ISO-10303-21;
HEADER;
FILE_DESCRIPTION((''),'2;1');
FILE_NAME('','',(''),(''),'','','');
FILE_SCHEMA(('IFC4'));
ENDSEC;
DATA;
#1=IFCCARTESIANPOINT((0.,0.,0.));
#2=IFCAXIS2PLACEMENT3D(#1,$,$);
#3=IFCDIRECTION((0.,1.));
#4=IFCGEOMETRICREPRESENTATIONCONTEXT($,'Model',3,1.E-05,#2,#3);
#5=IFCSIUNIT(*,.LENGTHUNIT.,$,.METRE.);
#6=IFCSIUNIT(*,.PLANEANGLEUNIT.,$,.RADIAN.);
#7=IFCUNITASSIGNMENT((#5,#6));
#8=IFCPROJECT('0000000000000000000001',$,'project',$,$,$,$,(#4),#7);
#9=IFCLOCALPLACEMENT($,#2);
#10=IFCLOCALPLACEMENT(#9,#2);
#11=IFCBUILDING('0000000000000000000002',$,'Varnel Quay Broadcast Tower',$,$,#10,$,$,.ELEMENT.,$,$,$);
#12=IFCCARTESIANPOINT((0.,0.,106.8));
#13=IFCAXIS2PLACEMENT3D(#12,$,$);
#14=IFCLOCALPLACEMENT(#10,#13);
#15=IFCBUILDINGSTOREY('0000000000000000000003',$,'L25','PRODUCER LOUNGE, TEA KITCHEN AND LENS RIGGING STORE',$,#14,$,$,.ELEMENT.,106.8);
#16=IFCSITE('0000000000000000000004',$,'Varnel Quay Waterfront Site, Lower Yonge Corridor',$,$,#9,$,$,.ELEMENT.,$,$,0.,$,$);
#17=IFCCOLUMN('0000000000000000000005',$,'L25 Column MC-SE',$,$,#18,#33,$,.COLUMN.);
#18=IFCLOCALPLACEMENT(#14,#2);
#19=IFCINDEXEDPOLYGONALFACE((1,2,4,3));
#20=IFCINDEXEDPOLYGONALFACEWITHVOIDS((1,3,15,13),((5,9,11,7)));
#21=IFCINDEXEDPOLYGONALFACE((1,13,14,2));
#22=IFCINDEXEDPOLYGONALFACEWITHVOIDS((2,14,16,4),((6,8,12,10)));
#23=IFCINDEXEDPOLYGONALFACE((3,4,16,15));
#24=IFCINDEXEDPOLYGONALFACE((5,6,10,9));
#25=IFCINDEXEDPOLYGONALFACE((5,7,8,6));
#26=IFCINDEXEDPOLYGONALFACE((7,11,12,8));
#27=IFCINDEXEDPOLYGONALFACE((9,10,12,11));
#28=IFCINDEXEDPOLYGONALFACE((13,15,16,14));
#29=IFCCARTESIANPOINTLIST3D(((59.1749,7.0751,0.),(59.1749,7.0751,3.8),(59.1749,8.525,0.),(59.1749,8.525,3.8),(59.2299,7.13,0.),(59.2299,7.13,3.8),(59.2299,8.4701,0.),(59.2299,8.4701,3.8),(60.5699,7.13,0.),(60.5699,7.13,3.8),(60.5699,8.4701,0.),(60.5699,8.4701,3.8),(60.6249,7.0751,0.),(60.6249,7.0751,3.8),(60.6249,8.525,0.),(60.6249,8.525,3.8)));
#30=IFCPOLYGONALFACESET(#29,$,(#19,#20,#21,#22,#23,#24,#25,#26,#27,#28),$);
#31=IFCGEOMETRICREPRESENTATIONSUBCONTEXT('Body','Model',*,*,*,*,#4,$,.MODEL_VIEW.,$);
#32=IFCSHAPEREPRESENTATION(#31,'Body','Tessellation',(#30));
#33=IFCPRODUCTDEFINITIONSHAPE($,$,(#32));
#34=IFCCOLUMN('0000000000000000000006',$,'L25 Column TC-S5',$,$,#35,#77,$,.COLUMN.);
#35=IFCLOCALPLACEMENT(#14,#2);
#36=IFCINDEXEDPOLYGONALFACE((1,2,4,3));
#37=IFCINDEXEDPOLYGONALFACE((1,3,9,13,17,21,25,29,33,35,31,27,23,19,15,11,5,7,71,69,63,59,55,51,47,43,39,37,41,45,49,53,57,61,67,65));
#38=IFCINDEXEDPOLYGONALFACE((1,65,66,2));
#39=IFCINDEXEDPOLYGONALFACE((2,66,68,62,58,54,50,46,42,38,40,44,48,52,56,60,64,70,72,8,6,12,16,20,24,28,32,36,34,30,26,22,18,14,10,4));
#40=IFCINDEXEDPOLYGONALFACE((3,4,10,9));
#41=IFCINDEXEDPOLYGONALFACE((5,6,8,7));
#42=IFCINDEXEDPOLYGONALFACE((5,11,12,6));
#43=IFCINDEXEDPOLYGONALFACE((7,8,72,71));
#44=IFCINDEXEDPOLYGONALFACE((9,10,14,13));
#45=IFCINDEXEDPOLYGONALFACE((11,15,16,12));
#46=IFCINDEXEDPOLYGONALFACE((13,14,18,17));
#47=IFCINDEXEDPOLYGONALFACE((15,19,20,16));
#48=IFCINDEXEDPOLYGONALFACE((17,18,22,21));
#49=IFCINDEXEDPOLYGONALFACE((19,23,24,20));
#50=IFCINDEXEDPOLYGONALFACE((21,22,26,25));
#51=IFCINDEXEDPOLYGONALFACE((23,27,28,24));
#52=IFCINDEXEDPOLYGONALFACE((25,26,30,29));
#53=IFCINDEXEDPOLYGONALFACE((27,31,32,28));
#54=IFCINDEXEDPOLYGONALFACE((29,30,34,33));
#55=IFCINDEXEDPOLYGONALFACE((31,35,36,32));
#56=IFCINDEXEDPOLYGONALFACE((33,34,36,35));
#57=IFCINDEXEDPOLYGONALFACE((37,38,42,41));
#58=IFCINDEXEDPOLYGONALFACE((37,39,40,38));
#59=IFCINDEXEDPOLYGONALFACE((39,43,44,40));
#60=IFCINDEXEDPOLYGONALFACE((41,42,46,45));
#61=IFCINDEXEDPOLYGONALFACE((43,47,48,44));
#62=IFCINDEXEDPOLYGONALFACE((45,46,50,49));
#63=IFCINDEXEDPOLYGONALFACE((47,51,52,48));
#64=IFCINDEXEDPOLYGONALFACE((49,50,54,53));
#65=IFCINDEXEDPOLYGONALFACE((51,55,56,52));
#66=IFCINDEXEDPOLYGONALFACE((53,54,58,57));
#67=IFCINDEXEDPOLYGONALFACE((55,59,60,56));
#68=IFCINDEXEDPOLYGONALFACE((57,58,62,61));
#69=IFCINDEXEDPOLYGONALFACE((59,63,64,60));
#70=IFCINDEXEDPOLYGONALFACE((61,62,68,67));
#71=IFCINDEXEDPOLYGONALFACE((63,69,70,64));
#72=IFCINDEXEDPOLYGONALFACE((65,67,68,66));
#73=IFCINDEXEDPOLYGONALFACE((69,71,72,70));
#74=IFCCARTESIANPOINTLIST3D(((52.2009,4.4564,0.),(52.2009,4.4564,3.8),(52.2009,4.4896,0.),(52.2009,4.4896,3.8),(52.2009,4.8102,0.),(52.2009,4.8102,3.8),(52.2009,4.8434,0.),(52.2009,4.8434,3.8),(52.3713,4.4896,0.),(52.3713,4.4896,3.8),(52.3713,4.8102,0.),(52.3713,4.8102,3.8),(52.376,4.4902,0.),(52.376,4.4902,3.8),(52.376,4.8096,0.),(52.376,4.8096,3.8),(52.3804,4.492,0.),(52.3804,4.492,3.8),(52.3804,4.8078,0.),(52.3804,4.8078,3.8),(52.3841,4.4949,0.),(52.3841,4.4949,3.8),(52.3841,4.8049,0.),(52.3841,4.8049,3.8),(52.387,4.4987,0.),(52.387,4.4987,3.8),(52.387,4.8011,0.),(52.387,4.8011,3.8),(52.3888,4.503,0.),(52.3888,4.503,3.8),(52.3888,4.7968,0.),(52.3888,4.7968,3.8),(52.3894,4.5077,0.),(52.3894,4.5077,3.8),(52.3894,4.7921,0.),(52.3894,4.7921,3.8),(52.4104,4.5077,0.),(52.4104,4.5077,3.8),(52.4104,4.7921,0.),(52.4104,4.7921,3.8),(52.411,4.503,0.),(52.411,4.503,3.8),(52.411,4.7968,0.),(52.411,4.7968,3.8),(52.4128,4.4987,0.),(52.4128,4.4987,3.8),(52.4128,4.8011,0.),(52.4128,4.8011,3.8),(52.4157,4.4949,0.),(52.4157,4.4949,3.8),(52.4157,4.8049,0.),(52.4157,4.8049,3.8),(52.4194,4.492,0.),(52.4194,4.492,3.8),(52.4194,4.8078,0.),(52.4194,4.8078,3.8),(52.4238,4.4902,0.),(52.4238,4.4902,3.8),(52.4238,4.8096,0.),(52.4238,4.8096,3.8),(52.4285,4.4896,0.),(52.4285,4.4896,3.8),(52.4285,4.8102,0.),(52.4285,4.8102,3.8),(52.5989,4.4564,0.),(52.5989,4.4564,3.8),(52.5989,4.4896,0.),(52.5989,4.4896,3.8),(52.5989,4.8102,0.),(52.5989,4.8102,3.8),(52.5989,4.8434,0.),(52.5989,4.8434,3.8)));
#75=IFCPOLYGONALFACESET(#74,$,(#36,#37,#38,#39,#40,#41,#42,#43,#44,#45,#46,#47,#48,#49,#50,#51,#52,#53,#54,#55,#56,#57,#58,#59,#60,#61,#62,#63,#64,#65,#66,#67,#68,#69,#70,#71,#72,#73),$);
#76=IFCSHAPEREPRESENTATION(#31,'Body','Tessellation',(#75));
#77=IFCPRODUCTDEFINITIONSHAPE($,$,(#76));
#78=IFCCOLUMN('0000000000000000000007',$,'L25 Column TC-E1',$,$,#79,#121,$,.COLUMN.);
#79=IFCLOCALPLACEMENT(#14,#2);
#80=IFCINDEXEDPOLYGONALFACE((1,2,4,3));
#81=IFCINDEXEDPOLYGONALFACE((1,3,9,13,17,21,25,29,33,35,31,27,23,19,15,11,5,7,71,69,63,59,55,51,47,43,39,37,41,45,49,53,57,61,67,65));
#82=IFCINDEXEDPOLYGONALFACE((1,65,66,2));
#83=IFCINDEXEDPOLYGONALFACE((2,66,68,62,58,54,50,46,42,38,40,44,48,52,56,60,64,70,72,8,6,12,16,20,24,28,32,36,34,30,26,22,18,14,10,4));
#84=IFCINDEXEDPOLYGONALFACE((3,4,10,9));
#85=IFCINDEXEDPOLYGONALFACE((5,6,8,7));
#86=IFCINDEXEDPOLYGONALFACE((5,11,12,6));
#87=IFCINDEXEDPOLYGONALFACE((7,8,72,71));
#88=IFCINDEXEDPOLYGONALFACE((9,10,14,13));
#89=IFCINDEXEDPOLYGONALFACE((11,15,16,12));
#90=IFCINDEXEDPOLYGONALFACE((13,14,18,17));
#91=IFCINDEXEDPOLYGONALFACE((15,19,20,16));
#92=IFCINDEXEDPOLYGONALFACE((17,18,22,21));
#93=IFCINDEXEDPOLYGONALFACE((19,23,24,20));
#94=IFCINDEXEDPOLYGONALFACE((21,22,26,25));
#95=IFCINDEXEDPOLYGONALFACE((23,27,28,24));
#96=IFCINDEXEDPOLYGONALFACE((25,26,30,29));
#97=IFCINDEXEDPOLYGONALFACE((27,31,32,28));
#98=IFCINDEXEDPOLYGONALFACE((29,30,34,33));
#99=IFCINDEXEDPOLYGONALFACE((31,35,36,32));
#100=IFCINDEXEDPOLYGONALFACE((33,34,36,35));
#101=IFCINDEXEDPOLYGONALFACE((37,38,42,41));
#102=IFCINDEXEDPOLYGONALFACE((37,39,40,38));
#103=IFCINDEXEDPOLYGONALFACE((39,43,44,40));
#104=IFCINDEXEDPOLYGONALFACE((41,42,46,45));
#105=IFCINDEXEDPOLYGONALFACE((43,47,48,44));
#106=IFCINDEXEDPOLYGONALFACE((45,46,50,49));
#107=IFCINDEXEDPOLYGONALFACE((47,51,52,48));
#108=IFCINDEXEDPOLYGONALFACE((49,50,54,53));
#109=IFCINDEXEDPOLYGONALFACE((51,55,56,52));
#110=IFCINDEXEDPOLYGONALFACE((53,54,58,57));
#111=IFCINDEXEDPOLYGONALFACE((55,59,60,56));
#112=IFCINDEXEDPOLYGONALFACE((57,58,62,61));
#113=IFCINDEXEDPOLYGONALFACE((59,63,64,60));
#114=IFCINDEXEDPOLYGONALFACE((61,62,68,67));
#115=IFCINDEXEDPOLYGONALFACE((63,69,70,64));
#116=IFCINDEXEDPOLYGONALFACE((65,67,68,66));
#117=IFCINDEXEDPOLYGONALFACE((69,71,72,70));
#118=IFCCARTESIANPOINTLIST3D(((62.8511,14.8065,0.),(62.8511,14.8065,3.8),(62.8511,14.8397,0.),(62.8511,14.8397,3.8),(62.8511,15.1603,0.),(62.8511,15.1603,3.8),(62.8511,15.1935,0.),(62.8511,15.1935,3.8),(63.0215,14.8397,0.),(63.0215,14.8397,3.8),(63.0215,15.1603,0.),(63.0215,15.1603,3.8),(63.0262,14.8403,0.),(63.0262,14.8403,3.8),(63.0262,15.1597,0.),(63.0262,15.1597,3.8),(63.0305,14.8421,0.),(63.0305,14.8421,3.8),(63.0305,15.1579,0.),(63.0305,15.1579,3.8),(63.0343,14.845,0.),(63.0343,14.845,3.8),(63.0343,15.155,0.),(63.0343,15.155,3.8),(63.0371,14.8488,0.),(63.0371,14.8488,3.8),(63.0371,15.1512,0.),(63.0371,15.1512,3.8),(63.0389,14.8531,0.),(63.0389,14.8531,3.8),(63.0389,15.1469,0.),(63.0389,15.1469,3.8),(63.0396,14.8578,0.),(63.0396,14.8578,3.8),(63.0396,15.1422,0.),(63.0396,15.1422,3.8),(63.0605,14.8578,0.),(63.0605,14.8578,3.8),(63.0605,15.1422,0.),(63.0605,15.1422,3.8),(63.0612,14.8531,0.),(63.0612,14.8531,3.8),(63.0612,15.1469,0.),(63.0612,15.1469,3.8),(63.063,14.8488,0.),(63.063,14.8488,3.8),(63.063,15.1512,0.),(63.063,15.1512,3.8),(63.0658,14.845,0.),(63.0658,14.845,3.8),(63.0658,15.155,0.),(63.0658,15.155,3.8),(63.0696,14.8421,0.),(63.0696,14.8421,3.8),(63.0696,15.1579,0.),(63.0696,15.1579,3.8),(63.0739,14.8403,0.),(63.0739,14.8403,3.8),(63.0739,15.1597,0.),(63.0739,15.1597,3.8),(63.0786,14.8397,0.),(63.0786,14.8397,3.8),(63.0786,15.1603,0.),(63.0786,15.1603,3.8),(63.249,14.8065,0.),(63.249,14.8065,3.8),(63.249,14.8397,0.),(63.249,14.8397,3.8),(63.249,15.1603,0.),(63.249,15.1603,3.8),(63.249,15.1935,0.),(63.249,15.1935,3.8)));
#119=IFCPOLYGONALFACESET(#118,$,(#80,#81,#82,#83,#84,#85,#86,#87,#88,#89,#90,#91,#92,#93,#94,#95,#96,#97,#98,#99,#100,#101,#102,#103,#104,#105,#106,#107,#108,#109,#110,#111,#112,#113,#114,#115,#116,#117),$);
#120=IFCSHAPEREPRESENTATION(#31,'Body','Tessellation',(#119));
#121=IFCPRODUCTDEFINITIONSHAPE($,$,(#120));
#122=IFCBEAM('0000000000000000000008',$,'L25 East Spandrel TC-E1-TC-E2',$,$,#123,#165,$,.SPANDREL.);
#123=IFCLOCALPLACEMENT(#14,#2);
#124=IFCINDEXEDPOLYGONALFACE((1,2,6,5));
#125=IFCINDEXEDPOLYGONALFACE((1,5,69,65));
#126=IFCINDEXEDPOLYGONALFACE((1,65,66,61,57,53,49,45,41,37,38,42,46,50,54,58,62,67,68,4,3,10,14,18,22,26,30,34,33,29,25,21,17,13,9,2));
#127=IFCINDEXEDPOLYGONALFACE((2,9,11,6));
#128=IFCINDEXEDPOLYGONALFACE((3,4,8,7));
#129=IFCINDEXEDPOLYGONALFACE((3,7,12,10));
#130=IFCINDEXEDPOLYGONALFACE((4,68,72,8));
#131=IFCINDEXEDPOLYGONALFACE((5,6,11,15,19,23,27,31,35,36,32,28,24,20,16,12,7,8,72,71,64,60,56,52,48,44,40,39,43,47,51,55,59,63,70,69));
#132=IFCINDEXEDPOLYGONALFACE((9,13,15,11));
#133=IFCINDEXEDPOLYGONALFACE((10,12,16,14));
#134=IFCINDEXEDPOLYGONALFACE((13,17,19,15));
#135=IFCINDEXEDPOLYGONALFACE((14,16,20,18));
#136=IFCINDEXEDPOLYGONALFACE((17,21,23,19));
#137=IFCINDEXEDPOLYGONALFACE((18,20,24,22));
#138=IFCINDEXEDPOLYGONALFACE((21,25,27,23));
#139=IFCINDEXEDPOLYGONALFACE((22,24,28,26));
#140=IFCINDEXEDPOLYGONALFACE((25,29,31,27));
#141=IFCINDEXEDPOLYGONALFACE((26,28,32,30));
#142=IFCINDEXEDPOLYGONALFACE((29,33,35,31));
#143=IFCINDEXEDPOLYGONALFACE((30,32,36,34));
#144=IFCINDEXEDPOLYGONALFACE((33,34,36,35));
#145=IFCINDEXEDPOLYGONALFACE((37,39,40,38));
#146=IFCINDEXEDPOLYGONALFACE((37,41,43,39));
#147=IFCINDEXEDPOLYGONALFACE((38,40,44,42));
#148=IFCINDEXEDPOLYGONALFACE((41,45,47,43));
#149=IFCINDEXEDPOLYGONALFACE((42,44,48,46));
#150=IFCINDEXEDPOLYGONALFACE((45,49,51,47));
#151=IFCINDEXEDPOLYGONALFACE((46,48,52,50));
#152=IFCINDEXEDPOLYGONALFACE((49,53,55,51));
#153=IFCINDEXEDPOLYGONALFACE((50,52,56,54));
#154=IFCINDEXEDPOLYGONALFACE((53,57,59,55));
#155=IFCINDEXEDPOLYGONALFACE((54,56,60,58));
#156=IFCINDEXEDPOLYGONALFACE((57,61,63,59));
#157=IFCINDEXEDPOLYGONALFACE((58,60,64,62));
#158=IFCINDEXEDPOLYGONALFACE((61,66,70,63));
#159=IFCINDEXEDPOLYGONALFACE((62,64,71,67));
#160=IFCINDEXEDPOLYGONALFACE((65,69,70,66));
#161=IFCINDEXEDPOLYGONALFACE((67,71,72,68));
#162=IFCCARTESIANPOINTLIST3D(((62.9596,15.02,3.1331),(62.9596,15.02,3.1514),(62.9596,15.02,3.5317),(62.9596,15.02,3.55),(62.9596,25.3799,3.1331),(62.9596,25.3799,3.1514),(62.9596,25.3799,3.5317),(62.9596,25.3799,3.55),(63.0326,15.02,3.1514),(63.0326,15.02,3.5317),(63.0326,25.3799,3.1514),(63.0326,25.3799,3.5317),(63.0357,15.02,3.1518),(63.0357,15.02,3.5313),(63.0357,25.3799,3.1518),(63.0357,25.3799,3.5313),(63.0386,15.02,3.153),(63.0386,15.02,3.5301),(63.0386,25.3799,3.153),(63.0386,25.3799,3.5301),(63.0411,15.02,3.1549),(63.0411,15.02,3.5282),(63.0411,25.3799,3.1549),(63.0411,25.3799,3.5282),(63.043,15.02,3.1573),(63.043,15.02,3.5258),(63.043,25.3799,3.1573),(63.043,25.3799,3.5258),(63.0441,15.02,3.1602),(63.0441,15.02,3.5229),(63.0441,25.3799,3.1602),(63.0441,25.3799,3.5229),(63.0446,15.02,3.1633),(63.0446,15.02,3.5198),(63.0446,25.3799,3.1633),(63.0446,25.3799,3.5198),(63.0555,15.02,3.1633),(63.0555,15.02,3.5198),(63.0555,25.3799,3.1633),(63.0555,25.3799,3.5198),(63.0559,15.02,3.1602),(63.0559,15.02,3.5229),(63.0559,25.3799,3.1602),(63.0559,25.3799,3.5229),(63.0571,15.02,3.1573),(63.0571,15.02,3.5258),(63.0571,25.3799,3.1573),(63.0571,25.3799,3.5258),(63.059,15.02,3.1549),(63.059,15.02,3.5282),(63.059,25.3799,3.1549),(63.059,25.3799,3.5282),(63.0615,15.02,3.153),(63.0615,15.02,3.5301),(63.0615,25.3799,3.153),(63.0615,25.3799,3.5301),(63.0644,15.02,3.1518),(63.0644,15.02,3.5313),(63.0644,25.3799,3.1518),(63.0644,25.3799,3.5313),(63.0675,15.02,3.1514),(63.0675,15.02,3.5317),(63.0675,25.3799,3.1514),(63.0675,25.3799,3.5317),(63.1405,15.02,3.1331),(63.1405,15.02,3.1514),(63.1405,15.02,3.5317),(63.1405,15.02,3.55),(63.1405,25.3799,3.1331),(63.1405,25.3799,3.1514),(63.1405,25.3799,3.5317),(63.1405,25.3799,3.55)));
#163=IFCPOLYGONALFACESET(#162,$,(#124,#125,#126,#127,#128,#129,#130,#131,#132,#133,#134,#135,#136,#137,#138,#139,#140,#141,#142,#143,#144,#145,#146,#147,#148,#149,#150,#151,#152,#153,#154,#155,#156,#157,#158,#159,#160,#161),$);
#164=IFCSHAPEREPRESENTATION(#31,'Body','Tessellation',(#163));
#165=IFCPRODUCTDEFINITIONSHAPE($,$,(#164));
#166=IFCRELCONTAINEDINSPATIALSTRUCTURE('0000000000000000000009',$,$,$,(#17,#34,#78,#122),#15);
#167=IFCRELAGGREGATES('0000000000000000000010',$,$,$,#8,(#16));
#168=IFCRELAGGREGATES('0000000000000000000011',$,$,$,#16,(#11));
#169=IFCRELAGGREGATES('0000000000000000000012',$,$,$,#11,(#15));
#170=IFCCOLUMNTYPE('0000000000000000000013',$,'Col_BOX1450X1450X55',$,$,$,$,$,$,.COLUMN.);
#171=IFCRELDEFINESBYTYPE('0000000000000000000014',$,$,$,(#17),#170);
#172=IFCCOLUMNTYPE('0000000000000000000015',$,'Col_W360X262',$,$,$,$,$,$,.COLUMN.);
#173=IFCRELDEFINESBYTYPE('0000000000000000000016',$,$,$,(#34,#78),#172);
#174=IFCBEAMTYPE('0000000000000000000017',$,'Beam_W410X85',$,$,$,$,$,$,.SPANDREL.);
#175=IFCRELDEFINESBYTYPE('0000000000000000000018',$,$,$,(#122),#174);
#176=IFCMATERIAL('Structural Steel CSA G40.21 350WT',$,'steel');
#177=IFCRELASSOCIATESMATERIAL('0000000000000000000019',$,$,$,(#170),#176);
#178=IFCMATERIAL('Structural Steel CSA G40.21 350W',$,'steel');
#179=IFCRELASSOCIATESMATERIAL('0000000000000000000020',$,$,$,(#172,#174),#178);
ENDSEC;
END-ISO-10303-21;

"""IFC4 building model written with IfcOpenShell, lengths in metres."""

from ifc_helpers import new_model, si_unit, direction, frame, origin, origin_2d, place, context, subcontext, project, spatial, hollow_rectangle, i_section, extrude, source, transform, mapped, material, material_profile, profile_set, type_object, type_shapes, element, save


model = new_model("IFC4")

# Units and contexts
model_context = context("Model", 3, precision=1e-05, world=origin(), true_north=direction((0.0, 1.0)))
body_context = subcontext(model_context, "Body", "Model", "MODEL_VIEW")
ifc_project = project(units=[si_unit("LENGTHUNIT", "METRE"), si_unit("PLANEANGLEUNIT", "RADIAN")], contexts=[model_context])

# Site, building, storey
site_placement = place(None, origin())
site = spatial("IfcSite", under=ifc_project, at=site_placement, Name="Varnel Quay Waterfront Site, Lower Yonge Corridor", CompositionType="ELEMENT", RefElevation=0.0)
building_placement = place(site_placement, origin())
building = spatial("IfcBuilding", under=site, at=building_placement, Name="Varnel Quay Broadcast Tower", CompositionType="ELEMENT")
storey_placement = place(building_placement, frame((0.0, 0.0, 106.8)))
storey = spatial("IfcBuildingStorey", under=building, at=storey_placement, Name="L25", Description="PRODUCER LOUNGE, TEA KITCHEN AND LENS RIGGING STORE", CompositionType="ELEMENT", Elevation=106.8)

# Columns
ifc_material_1 = material(Name="Structural Steel CSA G40.21 350WT", Category="steel")
ifc_material_profile_1 = material_profile(ifc_material_1, hollow_rectangle(XDim=1.45, YDim=1.45, WallThickness=0.0549, at=origin_2d()), Name="BOX1450X1450X55")
ifc_profile_set_1 = profile_set([ifc_material_profile_1], Name="Structural Steel CSA G40.21 350WT")
column_type_1 = type_object("IfcColumnType", Name="Col_BOX1450X1450X55", PredefinedType="COLUMN", material=ifc_profile_set_1)
shared_shape_1 = source(origin(), body_context, "Body", "SweptSolid", [
    extrude(hollow_rectangle(XDim=1.45, YDim=1.45, WallThickness=0.0549, at=origin_2d()), origin(), (0.0, 0.0, 1.0), 3.8),
])
type_shapes(column_type_1, [shared_shape_1])
column_placement = place(storey_placement, frame((59.8999, 7.8, 0.0), z_axis=(0.0, 0.0, 1.0), x_axis=(1.0, 0.0, 0.0)))
element("IfcColumn", 1, at=column_placement, inside=storey, type_object=column_type_1, Name="L25 Column MC-SE", PredefinedType="COLUMN", context=body_context, shape_type="MappedRepresentation", body=[
    mapped(shared_shape_1, transform((0.0, 0.0, 0.0), x_axis=(1.0, 0.0, 0.0), y_axis=(0.0, 1.0, 0.0), z_axis=(0.0, 0.0, 1.0), scale=1.0)),
])
ifc_material_2 = material(Name="Structural Steel CSA G40.21 350W", Category="steel")
ifc_material_profile_2 = material_profile(ifc_material_2, i_section(OverallWidth=0.3979, OverallDepth=0.387, WebThickness=0.021, FlangeThickness=0.0332, FilletRadius=0.0181, at=origin_2d()), Name="W360X262")
ifc_profile_set_2 = profile_set([ifc_material_profile_2], Name="Structural Steel CSA G40.21 350W")
column_type_2 = type_object("IfcColumnType", Name="Col_W360X262", PredefinedType="COLUMN", material=ifc_profile_set_2)
shared_shape_2 = source(origin(), body_context, "Body", "SweptSolid", [
    extrude(i_section(OverallWidth=0.3979, OverallDepth=0.387, WebThickness=0.021, FlangeThickness=0.0332, FilletRadius=0.0181, at=origin_2d()), origin(), (0.0, 0.0, 1.0), 3.8),
])
type_shapes(column_type_2, [shared_shape_2])
for number, where, z_axis, x_axis, name in (
    (2, (52.3999, 4.6499, 0.0), (0.0, 0.0, 1.0), (1.0, 0.0, 0.0), "L25 Column TC-S5"),
    (3, (63.05, 15.0, 0.0), (0.0, 0.0, 1.0), (1.0, 0.0, 0.0), "L25 Column TC-E1"),
):
    element("IfcColumn", number, at=place(storey_placement, frame(where, z_axis=z_axis, x_axis=x_axis)), inside=storey, type_object=column_type_2, Name=name, PredefinedType="COLUMN", context=body_context, shape_type="MappedRepresentation", body=[
        mapped(shared_shape_2, transform((0.0, 0.0, 0.0), x_axis=(1.0, 0.0, 0.0), y_axis=(0.0, 1.0, 0.0), z_axis=(0.0, 0.0, 1.0), scale=1.0)),
    ])

# Beam
ifc_material_profile_3 = material_profile(ifc_material_2, i_section(OverallWidth=0.1809, OverallDepth=0.417, WebThickness=0.011, FlangeThickness=0.0183, FilletRadius=0.012, at=origin_2d()), Name="W410X85")
ifc_profile_set_3 = profile_set([ifc_material_profile_3], Name="Structural Steel CSA G40.21 350W")
beam_type = type_object("IfcBeamType", Name="Beam_W410X85", PredefinedType="SPANDREL", material=ifc_profile_set_3)
shared_shape_3 = source(origin(), body_context, "Body", "SweptSolid", [
    extrude(i_section(OverallWidth=0.1809, OverallDepth=0.417, WebThickness=0.011, FlangeThickness=0.0183, FilletRadius=0.012, at=origin_2d()), origin(), (0.0, 0.0, 1.0), 10.3599),
])
beam_1_placement = place(storey_placement, frame((63.05, 15.02, 3.3416), z_axis=(0.0, 1.0, 0.0), x_axis=(-1.0, 0.0, 0.0)))
element("IfcBeam", 4, at=beam_1_placement, inside=storey, type_object=beam_type, Name="L25 East Spandrel TC-E1-TC-E2", PredefinedType="SPANDREL", context=body_context, shape_type="MappedRepresentation", body=[
    mapped(shared_shape_3, transform((0.0, 0.0, 0.0), x_axis=(1.0, 0.0, 0.0), y_axis=(0.0, 1.0, 0.0), z_axis=(0.0, 0.0, 1.0), scale=1.0)),
])

save(model, "model.ifc")
